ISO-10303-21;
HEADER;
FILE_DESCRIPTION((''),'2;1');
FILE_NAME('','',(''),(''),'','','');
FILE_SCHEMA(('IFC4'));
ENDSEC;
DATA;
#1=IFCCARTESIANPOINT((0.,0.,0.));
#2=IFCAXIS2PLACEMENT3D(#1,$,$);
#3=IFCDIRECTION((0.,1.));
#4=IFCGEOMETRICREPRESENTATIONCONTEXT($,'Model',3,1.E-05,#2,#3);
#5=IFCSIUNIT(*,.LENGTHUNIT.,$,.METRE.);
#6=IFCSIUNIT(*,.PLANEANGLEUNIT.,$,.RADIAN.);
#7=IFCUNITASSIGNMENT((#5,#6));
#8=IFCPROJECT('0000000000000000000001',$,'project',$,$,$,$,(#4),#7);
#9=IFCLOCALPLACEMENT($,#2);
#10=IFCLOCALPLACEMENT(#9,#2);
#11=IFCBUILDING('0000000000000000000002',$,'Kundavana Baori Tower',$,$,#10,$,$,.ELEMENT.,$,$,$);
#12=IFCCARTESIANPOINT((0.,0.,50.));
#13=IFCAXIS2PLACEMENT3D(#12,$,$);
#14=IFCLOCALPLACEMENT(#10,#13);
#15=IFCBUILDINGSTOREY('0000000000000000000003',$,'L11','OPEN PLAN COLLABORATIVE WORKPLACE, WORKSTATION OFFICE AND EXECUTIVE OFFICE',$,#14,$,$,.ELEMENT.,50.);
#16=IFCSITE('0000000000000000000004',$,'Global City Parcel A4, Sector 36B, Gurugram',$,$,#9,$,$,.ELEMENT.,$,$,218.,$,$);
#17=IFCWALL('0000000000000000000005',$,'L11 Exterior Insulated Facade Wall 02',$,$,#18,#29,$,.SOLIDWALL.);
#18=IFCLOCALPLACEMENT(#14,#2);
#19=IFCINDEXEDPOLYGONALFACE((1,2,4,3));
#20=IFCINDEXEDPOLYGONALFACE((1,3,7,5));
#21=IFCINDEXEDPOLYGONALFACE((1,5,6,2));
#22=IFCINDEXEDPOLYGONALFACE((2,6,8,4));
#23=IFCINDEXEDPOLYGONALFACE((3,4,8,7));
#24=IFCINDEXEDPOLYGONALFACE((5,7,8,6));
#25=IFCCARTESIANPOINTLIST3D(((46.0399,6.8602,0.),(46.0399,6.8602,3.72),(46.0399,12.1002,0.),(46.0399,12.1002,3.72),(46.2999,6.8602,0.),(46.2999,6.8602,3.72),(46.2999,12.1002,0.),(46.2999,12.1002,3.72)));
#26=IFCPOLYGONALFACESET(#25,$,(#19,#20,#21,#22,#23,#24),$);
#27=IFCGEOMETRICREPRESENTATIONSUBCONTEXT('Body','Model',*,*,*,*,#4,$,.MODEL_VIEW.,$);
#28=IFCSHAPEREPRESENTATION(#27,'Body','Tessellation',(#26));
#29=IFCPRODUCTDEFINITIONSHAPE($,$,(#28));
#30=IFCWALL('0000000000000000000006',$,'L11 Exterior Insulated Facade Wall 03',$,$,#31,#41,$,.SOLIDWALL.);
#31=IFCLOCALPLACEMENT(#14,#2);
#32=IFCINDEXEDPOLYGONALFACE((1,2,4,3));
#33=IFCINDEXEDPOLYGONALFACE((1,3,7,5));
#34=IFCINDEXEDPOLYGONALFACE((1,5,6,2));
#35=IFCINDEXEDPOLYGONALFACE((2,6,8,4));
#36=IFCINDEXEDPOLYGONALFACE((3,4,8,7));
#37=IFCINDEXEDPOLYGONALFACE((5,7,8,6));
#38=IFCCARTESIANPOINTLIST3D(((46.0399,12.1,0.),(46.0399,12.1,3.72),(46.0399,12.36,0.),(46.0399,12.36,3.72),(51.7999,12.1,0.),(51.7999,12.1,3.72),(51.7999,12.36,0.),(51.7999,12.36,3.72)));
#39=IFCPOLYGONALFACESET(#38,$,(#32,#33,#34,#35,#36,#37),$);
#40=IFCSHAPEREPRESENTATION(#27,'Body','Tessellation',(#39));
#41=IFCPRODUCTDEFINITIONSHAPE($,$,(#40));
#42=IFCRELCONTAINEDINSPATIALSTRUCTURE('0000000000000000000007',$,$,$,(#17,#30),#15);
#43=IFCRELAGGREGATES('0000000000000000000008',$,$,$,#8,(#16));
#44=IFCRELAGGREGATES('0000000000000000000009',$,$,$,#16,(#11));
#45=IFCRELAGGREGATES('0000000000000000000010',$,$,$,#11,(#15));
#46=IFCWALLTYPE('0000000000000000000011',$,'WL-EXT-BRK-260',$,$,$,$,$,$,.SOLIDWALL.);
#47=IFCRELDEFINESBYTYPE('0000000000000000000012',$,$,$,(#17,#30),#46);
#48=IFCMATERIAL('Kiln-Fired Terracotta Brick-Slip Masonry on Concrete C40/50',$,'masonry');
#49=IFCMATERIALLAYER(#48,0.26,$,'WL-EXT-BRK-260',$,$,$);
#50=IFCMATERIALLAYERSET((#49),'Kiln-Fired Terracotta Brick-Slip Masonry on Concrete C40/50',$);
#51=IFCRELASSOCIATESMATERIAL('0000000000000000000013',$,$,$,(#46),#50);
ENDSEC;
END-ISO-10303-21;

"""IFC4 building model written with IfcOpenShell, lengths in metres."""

from ifc_helpers import new_model, si_unit, direction, frame, frame_2d, origin, place, context, subcontext, project, spatial, rectangle, extrude, material, layer, layer_set, type_object, element, save


model = new_model("IFC4")

# Units and contexts
model_context = context("Model", 3, precision=1e-05, world=origin(), true_north=direction((0.0, 1.0)))
body_context = subcontext(model_context, "Body", "Model", "MODEL_VIEW")
ifc_project = project(units=[si_unit("LENGTHUNIT", "METRE"), si_unit("PLANEANGLEUNIT", "RADIAN")], contexts=[model_context])

# Site, building, storey
site_placement = place(None, origin())
site = spatial("IfcSite", under=ifc_project, at=site_placement, Name="Global City Parcel A4, Sector 36B, Gurugram", CompositionType="ELEMENT", RefElevation=218.0)
building_placement = place(site_placement, origin())
building = spatial("IfcBuilding", under=site, at=building_placement, Name="Kundavana Baori Tower", CompositionType="ELEMENT")
storey_placement = place(building_placement, frame((0.0, 0.0, 50.0)))
storey = spatial("IfcBuildingStorey", under=building, at=storey_placement, Name="L11", Description="OPEN PLAN COLLABORATIVE WORKPLACE, WORKSTATION OFFICE AND EXECUTIVE OFFICE", CompositionType="ELEMENT", Elevation=50.0)

# Walls
ifc_material_1 = material(Name="Kiln-Fired Terracotta Brick-Slip Masonry on Concrete C40/50", Category="masonry")
ifc_layer_1 = layer(ifc_material_1, 0.26, Name="WL-EXT-BRK-260")
ifc_layer_set_1 = layer_set([ifc_layer_1], Name="Kiln-Fired Terracotta Brick-Slip Masonry on Concrete C40/50")
wall_type_1 = type_object("IfcWallType", Name="WL-EXT-BRK-260", PredefinedType="SOLIDWALL", material=ifc_layer_set_1)
wall_1_placement = place(storey_placement, frame((46.1699, 6.8601, 0.0), z_axis=(0.0, 0.0, 1.0), x_axis=(0.0, 1.0, 0.0)))
element("IfcWall", 1, at=wall_1_placement, inside=storey, type_object=wall_type_1, Name="L11 Exterior Insulated Facade Wall 02", PredefinedType="SOLIDWALL", context=body_context, shape_type="SweptSolid", body=[
    extrude(rectangle(XDim=5.24, YDim=0.26, at=frame_2d((2.6201, 0.0))), origin(), (0.0, 0.0, 1.0), 3.72),
])
wall_2_placement = place(storey_placement, frame((46.04, 12.23, 0.0), z_axis=(0.0, 0.0, 1.0), x_axis=(1.0, 0.0, 0.0)))
element("IfcWall", 2, at=wall_2_placement, inside=storey, type_object=wall_type_1, Name="L11 Exterior Insulated Facade Wall 03", PredefinedType="SOLIDWALL", context=body_context, shape_type="SweptSolid", body=[
    extrude(rectangle(XDim=5.76, YDim=0.26, at=frame_2d((2.8799, 0.0))), origin(), (0.0, 0.0, 1.0), 3.72),
])

save(model, "model.ifc")
